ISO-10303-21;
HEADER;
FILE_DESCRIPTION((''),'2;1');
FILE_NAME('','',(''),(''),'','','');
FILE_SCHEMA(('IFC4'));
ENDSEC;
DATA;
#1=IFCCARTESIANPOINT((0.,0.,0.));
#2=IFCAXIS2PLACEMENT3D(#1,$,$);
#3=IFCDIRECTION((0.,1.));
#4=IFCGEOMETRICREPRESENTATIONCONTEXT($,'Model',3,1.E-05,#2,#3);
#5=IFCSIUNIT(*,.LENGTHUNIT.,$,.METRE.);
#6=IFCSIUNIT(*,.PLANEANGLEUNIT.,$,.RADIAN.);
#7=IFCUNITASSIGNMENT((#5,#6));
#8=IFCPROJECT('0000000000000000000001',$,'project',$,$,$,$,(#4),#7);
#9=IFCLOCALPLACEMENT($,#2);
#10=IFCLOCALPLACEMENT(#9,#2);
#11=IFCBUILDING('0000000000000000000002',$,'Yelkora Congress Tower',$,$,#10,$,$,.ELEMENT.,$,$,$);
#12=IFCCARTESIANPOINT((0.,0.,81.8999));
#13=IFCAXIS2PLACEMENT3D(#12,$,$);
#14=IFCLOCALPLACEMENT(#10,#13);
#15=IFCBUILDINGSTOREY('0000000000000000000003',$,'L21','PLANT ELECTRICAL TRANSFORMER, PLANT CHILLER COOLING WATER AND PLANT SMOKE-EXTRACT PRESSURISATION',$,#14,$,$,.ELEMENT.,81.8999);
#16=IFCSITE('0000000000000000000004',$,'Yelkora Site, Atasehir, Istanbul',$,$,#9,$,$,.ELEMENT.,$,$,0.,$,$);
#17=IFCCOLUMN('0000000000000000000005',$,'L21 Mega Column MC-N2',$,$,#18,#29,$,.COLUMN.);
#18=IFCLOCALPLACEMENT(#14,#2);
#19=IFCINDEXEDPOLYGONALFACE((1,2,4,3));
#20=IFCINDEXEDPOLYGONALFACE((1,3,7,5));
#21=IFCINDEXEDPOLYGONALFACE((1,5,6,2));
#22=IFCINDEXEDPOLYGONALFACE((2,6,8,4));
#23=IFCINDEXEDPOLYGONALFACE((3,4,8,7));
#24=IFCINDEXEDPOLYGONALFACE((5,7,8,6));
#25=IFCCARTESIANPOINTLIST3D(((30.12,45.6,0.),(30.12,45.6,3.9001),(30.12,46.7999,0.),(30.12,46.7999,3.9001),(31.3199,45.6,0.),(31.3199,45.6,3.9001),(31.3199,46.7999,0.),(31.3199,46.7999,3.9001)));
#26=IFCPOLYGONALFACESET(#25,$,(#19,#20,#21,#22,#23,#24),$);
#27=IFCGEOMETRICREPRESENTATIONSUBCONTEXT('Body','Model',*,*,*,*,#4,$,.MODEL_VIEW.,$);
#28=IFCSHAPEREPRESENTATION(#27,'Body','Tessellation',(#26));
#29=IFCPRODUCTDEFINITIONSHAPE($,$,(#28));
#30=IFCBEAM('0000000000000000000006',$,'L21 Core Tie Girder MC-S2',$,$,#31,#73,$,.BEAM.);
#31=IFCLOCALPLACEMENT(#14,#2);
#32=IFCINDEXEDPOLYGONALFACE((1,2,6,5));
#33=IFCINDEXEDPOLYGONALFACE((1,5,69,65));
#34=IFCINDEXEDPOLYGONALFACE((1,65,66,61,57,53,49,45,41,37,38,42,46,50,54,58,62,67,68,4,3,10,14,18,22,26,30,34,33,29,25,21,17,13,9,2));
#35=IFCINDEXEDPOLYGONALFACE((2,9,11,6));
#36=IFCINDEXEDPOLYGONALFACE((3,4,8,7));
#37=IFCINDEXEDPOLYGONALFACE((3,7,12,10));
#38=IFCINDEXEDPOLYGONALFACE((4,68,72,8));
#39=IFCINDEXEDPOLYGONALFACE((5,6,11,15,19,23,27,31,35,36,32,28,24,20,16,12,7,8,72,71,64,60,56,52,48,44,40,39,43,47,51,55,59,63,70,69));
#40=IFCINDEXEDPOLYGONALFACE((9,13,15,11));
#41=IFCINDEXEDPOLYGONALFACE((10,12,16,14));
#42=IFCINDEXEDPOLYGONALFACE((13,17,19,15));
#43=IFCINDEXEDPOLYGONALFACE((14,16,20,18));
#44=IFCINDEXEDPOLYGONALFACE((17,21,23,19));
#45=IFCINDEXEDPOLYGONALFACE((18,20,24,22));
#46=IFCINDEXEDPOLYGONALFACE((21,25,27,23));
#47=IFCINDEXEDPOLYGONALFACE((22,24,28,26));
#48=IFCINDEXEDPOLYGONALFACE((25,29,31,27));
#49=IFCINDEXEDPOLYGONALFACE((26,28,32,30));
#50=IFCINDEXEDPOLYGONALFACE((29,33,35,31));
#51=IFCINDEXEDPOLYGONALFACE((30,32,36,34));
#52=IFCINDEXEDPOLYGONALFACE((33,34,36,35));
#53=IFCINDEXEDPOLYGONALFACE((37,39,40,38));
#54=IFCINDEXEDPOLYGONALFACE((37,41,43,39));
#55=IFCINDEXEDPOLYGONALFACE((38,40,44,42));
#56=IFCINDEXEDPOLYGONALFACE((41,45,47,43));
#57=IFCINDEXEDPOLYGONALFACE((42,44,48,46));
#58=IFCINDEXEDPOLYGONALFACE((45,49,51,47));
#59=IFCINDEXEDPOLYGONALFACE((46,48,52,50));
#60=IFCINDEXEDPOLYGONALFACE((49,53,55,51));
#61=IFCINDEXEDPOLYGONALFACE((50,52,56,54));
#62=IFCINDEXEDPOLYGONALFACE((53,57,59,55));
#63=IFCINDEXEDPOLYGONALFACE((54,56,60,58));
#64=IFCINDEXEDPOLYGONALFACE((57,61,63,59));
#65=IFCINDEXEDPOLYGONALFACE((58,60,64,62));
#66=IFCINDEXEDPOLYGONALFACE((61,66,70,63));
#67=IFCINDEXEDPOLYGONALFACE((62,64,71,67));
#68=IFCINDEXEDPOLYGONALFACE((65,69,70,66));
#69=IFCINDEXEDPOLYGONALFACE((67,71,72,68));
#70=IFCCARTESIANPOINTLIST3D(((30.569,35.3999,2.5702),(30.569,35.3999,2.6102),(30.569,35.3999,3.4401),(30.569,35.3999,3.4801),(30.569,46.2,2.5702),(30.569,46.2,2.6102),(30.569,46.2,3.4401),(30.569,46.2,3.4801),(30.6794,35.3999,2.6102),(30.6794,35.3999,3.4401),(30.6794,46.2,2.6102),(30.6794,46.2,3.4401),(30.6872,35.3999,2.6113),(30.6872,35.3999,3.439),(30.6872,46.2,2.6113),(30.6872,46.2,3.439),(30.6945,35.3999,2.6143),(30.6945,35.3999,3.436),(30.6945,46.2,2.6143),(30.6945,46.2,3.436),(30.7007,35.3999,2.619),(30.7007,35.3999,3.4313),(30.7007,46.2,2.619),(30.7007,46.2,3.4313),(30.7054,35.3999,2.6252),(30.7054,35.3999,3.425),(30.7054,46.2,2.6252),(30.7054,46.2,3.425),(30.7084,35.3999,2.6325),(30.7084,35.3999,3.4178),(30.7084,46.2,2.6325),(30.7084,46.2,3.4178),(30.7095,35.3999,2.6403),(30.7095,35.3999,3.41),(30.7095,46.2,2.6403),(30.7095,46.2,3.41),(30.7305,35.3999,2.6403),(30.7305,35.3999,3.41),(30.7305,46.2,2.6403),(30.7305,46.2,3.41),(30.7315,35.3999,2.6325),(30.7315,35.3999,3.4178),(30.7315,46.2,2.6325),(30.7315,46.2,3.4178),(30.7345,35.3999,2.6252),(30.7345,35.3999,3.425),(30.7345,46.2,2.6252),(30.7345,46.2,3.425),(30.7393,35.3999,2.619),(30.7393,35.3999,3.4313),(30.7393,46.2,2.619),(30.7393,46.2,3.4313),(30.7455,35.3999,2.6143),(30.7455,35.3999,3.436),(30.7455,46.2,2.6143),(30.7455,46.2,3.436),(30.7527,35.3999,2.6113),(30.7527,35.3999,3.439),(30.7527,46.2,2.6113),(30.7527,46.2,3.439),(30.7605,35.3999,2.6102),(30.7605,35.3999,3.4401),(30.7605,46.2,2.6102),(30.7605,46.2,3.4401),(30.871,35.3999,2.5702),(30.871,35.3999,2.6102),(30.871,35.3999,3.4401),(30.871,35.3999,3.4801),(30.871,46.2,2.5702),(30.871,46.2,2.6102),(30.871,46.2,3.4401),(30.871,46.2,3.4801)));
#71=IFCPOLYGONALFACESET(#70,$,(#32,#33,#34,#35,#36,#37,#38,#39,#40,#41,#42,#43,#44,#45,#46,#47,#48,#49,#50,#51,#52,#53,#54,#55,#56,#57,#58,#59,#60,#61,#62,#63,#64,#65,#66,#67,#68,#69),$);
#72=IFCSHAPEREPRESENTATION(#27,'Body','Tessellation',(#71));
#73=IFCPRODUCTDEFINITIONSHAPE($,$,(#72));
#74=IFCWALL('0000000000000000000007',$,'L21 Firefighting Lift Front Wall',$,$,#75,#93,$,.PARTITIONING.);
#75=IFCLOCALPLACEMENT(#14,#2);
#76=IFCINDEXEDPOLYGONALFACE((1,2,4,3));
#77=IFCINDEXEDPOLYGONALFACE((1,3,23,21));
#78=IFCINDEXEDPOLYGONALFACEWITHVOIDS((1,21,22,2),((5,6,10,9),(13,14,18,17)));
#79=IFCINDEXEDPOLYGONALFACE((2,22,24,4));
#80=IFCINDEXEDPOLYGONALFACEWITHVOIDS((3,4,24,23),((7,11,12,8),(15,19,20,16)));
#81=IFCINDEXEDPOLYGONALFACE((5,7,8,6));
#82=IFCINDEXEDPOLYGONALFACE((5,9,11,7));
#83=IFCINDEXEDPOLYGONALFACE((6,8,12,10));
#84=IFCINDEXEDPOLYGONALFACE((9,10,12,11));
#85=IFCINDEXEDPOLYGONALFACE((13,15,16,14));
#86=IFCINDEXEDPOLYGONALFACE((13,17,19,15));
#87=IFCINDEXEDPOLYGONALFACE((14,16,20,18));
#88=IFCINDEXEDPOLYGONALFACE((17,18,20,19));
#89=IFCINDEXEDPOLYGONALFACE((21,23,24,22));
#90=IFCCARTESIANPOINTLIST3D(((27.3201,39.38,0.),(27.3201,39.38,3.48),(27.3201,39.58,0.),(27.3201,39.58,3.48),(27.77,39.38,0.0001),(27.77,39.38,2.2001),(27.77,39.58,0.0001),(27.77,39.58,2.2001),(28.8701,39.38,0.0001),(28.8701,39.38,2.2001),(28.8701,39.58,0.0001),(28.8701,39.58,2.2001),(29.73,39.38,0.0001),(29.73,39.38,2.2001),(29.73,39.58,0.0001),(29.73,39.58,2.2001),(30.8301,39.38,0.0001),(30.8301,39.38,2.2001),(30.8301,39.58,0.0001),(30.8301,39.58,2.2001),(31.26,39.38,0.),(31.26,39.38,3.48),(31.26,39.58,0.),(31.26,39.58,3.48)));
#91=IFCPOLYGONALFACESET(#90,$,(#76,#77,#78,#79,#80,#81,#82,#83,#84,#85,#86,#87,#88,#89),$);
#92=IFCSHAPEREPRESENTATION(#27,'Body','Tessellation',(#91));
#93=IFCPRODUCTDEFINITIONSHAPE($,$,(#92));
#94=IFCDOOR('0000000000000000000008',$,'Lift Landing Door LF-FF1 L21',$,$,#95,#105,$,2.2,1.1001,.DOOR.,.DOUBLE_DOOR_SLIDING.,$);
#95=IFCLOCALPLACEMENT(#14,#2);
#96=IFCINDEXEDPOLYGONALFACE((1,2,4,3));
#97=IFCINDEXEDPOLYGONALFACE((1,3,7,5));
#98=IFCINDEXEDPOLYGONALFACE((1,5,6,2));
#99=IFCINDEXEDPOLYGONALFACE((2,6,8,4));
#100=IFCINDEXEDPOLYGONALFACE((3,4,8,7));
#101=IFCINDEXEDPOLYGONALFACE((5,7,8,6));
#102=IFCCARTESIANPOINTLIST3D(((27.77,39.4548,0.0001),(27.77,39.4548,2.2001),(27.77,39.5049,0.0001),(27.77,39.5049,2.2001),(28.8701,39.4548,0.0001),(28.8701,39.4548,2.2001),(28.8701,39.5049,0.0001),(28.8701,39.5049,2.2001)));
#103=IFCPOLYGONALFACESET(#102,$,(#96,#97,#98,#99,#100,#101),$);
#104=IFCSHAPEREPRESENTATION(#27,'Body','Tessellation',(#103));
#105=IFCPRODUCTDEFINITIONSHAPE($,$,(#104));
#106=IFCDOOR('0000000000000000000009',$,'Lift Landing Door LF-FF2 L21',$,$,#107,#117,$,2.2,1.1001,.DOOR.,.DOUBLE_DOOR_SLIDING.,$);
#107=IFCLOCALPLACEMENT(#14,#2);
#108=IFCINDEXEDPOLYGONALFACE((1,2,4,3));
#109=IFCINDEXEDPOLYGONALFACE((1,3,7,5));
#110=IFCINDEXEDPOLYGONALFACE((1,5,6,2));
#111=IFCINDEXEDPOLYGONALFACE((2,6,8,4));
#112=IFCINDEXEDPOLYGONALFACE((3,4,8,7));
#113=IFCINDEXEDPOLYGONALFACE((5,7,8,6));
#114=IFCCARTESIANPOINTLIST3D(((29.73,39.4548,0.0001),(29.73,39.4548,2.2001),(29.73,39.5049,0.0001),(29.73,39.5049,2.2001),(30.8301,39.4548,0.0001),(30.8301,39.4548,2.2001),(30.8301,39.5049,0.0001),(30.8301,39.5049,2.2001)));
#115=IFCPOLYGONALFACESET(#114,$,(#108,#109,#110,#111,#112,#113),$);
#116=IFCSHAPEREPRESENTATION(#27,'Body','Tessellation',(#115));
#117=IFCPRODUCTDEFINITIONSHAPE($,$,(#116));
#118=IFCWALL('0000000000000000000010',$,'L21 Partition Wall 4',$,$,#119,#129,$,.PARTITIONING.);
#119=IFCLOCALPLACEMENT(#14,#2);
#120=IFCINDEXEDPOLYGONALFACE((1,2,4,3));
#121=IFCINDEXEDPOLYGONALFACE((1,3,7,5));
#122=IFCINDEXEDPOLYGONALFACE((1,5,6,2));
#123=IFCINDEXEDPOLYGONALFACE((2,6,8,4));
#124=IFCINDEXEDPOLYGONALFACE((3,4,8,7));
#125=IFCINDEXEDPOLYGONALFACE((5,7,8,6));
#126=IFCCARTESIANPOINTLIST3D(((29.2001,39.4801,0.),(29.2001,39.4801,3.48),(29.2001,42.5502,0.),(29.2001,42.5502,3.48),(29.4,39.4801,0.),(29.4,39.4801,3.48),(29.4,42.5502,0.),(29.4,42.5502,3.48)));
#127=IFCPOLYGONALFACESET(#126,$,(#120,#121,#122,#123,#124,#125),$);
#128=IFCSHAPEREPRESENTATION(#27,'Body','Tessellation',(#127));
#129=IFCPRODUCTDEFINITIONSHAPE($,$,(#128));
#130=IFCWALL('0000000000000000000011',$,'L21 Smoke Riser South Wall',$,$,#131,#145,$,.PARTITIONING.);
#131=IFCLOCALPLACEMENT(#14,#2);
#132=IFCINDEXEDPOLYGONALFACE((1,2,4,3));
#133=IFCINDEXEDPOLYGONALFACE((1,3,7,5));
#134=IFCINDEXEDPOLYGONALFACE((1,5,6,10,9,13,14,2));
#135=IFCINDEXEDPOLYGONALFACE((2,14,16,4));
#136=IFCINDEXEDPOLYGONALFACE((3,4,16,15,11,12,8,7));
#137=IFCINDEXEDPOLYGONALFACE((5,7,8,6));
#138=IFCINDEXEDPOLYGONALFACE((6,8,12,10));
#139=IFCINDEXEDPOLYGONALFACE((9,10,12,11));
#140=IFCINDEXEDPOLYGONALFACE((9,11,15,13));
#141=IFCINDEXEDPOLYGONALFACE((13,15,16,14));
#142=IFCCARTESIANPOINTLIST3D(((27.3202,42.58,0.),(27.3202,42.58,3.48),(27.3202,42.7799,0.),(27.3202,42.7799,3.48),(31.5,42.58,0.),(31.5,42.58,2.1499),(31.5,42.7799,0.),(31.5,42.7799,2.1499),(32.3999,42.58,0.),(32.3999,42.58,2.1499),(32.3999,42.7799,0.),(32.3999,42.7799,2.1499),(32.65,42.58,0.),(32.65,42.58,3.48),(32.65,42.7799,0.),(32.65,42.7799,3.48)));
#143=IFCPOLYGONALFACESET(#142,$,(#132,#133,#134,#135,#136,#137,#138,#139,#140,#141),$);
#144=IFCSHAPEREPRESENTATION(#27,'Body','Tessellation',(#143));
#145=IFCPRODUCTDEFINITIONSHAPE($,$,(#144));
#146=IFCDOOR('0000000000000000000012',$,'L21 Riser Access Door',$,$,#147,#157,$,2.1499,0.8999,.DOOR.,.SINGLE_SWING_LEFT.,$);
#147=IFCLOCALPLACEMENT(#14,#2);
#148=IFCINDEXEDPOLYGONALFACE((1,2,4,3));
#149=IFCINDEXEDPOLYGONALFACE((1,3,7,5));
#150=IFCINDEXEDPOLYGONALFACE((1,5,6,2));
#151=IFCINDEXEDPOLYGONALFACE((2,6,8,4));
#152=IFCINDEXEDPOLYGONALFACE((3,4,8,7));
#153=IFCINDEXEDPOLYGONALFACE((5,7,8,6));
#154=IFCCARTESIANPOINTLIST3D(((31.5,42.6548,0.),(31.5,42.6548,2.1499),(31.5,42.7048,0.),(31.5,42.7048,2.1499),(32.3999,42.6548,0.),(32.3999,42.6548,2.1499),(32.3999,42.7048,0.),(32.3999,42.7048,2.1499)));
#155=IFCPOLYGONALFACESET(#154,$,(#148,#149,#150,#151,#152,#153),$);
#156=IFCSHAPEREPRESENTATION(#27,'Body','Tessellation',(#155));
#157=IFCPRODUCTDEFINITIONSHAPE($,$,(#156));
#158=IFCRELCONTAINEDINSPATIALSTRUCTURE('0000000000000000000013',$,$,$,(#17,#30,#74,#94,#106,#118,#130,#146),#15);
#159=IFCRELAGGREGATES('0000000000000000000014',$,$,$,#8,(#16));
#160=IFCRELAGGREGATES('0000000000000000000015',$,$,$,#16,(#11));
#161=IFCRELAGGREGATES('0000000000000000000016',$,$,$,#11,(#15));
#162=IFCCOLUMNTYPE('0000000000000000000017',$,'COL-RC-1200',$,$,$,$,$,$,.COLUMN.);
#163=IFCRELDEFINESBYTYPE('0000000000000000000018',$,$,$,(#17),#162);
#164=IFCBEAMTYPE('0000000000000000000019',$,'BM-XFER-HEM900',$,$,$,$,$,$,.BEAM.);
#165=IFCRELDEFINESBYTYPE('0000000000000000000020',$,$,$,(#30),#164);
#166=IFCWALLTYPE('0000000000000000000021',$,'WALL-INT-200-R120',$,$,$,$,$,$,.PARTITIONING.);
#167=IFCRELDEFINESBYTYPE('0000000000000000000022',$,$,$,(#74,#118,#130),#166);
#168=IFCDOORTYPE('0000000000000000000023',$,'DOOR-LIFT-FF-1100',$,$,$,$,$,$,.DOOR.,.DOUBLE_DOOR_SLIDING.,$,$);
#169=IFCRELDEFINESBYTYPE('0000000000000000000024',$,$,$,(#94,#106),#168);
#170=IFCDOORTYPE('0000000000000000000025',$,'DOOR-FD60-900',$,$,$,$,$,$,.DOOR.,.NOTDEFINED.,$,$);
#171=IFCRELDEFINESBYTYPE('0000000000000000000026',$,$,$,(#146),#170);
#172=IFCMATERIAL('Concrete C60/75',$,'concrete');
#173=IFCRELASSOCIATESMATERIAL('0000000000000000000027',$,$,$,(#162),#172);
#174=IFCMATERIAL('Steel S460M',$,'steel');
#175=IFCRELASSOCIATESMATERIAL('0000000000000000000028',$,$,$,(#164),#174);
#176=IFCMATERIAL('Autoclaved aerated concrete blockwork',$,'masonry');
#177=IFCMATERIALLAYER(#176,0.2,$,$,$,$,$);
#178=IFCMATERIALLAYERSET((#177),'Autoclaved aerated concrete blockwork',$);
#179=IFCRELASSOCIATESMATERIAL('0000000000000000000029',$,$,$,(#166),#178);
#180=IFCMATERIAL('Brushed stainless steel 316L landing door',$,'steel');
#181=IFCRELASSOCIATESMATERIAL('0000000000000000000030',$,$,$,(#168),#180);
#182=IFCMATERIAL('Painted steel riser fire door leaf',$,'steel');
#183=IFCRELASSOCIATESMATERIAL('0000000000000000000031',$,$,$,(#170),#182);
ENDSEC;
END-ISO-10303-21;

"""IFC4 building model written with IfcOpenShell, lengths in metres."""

from ifc_helpers import new_model, si_unit, direction, frame, frame_2d, origin, origin_2d, place, context, subcontext, project, spatial, rectangle, i_section, extrude, material, layer, layer_set, material_profile, profile_set, type_object, element, fill, save


model = new_model("IFC4")

# Units and contexts
model_context = context("Model", 3, precision=1e-05, world=origin(), true_north=direction((0.0, 1.0)))
body_context = subcontext(model_context, "Body", "Model", "MODEL_VIEW")
ifc_project = project(units=[si_unit("LENGTHUNIT", "METRE"), si_unit("PLANEANGLEUNIT", "RADIAN")], contexts=[model_context])

# Site, building, storey
site_placement = place(None, origin())
site = spatial("IfcSite", under=ifc_project, at=site_placement, Name="Yelkora Site, Atasehir, Istanbul", CompositionType="ELEMENT", RefElevation=0.0)
building_placement = place(site_placement, origin())
building = spatial("IfcBuilding", under=site, at=building_placement, Name="Yelkora Congress Tower", CompositionType="ELEMENT")
storey_placement = place(building_placement, frame((0.0, 0.0, 81.8999)))
storey = spatial("IfcBuildingStorey", under=building, at=storey_placement, Name="L21", Description="PLANT ELECTRICAL TRANSFORMER, PLANT CHILLER COOLING WATER AND PLANT SMOKE-EXTRACT PRESSURISATION", CompositionType="ELEMENT", Elevation=81.8999)

# Column
ifc_material_1 = material(Name="Concrete C60/75", Category="concrete")
ifc_material_profile_1 = material_profile(ifc_material_1, rectangle(XDim=1.2, YDim=1.2, at=origin_2d()), Name="RC 1200x1200")
ifc_profile_set_1 = profile_set([ifc_material_profile_1], Name="Concrete C60/75")
column_type = type_object("IfcColumnType", Name="COL-RC-1200", PredefinedType="COLUMN", material=ifc_profile_set_1)
column_placement = place(storey_placement, frame((30.72, 46.2, 0.0), z_axis=(0.0, 0.0, 1.0), x_axis=(1.0, 0.0, 0.0)))
element("IfcColumn", 1, at=column_placement, inside=storey, type_object=column_type, Name="L21 Mega Column MC-N2", PredefinedType="COLUMN", context=body_context, shape_type="SweptSolid", body=[
    extrude(rectangle(XDim=1.2, YDim=1.2, at=origin_2d()), origin(), (0.0, 0.0, 1.0), 3.9001),
])

# Beam
ifc_material_2 = material(Name="Steel S460M", Category="steel")
ifc_material_profile_2 = material_profile(ifc_material_2, i_section(OverallWidth=0.302, OverallDepth=0.9099, WebThickness=0.021, FlangeThickness=0.04, FilletRadius=0.03, at=origin_2d()), Name="HEM 900")
ifc_profile_set_2 = profile_set([ifc_material_profile_2], Name="Steel S460M")
beam_type = type_object("IfcBeamType", Name="BM-XFER-HEM900", PredefinedType="BEAM", material=ifc_profile_set_2)
beam_placement = place(storey_placement, frame((30.72, 35.3999, 3.0251), z_axis=(0.0, 1.0, 0.0), x_axis=(-1.0, 0.0, 0.0)))
element("IfcBeam", 2, at=beam_placement, inside=storey, type_object=beam_type, Name="L21 Core Tie Girder MC-S2", PredefinedType="BEAM", context=body_context, shape_type="SweptSolid", body=[
    extrude(i_section(OverallWidth=0.302, OverallDepth=0.9099, WebThickness=0.021, FlangeThickness=0.04, FilletRadius=0.03, at=origin_2d()), origin(), (0.0, 0.0, 1.0), 10.8),
])

# Wall, openings, doors
ifc_material_3 = material(Name="Autoclaved aerated concrete blockwork", Category="masonry")
ifc_layer_1 = layer(ifc_material_3, 0.2)
ifc_layer_set_1 = layer_set([ifc_layer_1], Name="Autoclaved aerated concrete blockwork")
wall_type_1 = type_object("IfcWallType", Name="WALL-INT-200-R120", PredefinedType="PARTITIONING", material=ifc_layer_set_1)
wall_1_placement = place(storey_placement, frame((27.3201, 39.48, 0.0), z_axis=(0.0, 0.0, 1.0), x_axis=(1.0, 0.0, 0.0)))
wall_1 = element("IfcWall", 3, at=wall_1_placement, inside=storey, type_object=wall_type_1, Name="L21 Firefighting Lift Front Wall", PredefinedType="PARTITIONING", context=body_context, shape_type="SweptSolid", body=[
    extrude(rectangle(XDim=3.9399, YDim=0.2, at=frame_2d((1.97, 0.0))), origin(), (0.0, 0.0, 1.0), 3.48),
])
opening_1_placement = place(wall_1_placement, frame((0.45, 0.0, 0.0)))
opening_1 = element("IfcOpeningElement", 4, at=opening_1_placement, cuts=wall_1, PredefinedType="OPENING", context=body_context, shape_type="SweptSolid", body=[
    extrude(rectangle(XDim=1.1001, YDim=2.2, at=frame_2d((0.55, 1.1001))), frame((0.0, 0.1099, 0.0), z_axis=(0.0, -1.0, 0.0), x_axis=(1.0, 0.0, 0.0)), (0.0, 0.0, 1.0), 0.22),
])
opening_2_placement = place(wall_1_placement, frame((2.4099, 0.0, 0.0)))
opening_2 = element("IfcOpeningElement", 5, at=opening_2_placement, cuts=wall_1, PredefinedType="OPENING", context=body_context, shape_type="SweptSolid", body=[
    extrude(rectangle(XDim=1.1001, YDim=2.2, at=frame_2d((0.55, 1.1001))), frame((0.0, 0.1099, 0.0), z_axis=(0.0, -1.0, 0.0), x_axis=(1.0, 0.0, 0.0)), (0.0, 0.0, 1.0), 0.22),
])
ifc_material_4 = material(Name="Brushed stainless steel 316L landing door", Category="steel")
door_type_1 = type_object("IfcDoorType", Name="DOOR-LIFT-FF-1100", OperationType="DOUBLE_DOOR_SLIDING", PredefinedType="DOOR", material=ifc_material_4)
door_1_placement = place(opening_1_placement, origin())
door_1 = element("IfcDoor", 6, at=door_1_placement, inside=storey, type_object=door_type_1, Name="Lift Landing Door LF-FF1 L21", OperationType="DOUBLE_DOOR_SLIDING", OverallHeight=2.2, OverallWidth=1.1001, PredefinedType="DOOR", context=body_context, shape_type="SweptSolid", body=[
    extrude(rectangle(XDim=1.1001, YDim=2.2, at=frame_2d((0.55, 1.1001))), frame((0.0, 0.0249, 0.0), z_axis=(0.0, -1.0, 0.0), x_axis=(1.0, 0.0, 0.0)), (0.0, 0.0, 1.0), 0.05),
])
fill(opening_1, door_1)
door_2_placement = place(opening_2_placement, origin())
door_2 = element("IfcDoor", 7, at=door_2_placement, inside=storey, type_object=door_type_1, Name="Lift Landing Door LF-FF2 L21", OperationType="DOUBLE_DOOR_SLIDING", OverallHeight=2.2, OverallWidth=1.1001, PredefinedType="DOOR", context=body_context, shape_type="SweptSolid", body=[
    extrude(rectangle(XDim=1.1001, YDim=2.2, at=frame_2d((0.55, 1.1001))), frame((0.0, 0.0249, 0.0), z_axis=(0.0, -1.0, 0.0), x_axis=(1.0, 0.0, 0.0)), (0.0, 0.0, 1.0), 0.05),
])
fill(opening_2, door_2)

# Wall
wall_2_placement = place(storey_placement, frame((29.3, 39.48, 0.0), z_axis=(0.0, 0.0, 1.0), x_axis=(0.0, 1.0, 0.0)))
element("IfcWall", 8, at=wall_2_placement, inside=storey, type_object=wall_type_1, Name="L21 Partition Wall 4", PredefinedType="PARTITIONING", context=body_context, shape_type="SweptSolid", body=[
    extrude(rectangle(XDim=3.0701, YDim=0.2, at=frame_2d((1.5352, 0.0))), origin(), (0.0, 0.0, 1.0), 3.48),
])

# Wall, opening, door
wall_3_placement = place(storey_placement, frame((27.3201, 42.6799, 0.0), z_axis=(0.0, 0.0, 1.0), x_axis=(1.0, 0.0, 0.0)))
wall_3 = element("IfcWall", 9, at=wall_3_placement, inside=storey, type_object=wall_type_1, Name="L21 Smoke Riser South Wall", PredefinedType="PARTITIONING", context=body_context, shape_type="SweptSolid", body=[
    extrude(rectangle(XDim=5.3298, YDim=0.2, at=frame_2d((2.665, 0.0))), origin(), (0.0, 0.0, 1.0), 3.48),
])
opening_3_placement = place(wall_3_placement, frame((4.1799, 0.0, 0.0)))
opening_3 = element("IfcOpeningElement", 10, at=opening_3_placement, cuts=wall_3, PredefinedType="OPENING", context=body_context, shape_type="SweptSolid", body=[
    extrude(rectangle(XDim=0.8999, YDim=2.1499, at=frame_2d((0.45, 1.075))), frame((0.0, 0.1099, 0.0), z_axis=(0.0, -1.0, 0.0), x_axis=(1.0, 0.0, 0.0)), (0.0, 0.0, 1.0), 0.22),
])
ifc_material_5 = material(Name="Painted steel riser fire door leaf", Category="steel")
door_type_2 = type_object("IfcDoorType", Name="DOOR-FD60-900", OperationType="NOTDEFINED", PredefinedType="DOOR", material=ifc_material_5)
door_3_placement = place(opening_3_placement, origin())
door_3 = element("IfcDoor", 11, at=door_3_placement, inside=storey, type_object=door_type_2, Name="L21 Riser Access Door", OperationType="SINGLE_SWING_LEFT", OverallHeight=2.1499, OverallWidth=0.8999, PredefinedType="DOOR", context=body_context, shape_type="SweptSolid", body=[
    extrude(rectangle(XDim=0.8999, YDim=2.1499, at=frame_2d((0.45, 1.075))), frame((0.0, 0.0249, 0.0), z_axis=(0.0, -1.0, 0.0), x_axis=(1.0, 0.0, 0.0)), (0.0, 0.0, 1.0), 0.05),
])
fill(opening_3, door_3)

save(model, "model.ifc")
